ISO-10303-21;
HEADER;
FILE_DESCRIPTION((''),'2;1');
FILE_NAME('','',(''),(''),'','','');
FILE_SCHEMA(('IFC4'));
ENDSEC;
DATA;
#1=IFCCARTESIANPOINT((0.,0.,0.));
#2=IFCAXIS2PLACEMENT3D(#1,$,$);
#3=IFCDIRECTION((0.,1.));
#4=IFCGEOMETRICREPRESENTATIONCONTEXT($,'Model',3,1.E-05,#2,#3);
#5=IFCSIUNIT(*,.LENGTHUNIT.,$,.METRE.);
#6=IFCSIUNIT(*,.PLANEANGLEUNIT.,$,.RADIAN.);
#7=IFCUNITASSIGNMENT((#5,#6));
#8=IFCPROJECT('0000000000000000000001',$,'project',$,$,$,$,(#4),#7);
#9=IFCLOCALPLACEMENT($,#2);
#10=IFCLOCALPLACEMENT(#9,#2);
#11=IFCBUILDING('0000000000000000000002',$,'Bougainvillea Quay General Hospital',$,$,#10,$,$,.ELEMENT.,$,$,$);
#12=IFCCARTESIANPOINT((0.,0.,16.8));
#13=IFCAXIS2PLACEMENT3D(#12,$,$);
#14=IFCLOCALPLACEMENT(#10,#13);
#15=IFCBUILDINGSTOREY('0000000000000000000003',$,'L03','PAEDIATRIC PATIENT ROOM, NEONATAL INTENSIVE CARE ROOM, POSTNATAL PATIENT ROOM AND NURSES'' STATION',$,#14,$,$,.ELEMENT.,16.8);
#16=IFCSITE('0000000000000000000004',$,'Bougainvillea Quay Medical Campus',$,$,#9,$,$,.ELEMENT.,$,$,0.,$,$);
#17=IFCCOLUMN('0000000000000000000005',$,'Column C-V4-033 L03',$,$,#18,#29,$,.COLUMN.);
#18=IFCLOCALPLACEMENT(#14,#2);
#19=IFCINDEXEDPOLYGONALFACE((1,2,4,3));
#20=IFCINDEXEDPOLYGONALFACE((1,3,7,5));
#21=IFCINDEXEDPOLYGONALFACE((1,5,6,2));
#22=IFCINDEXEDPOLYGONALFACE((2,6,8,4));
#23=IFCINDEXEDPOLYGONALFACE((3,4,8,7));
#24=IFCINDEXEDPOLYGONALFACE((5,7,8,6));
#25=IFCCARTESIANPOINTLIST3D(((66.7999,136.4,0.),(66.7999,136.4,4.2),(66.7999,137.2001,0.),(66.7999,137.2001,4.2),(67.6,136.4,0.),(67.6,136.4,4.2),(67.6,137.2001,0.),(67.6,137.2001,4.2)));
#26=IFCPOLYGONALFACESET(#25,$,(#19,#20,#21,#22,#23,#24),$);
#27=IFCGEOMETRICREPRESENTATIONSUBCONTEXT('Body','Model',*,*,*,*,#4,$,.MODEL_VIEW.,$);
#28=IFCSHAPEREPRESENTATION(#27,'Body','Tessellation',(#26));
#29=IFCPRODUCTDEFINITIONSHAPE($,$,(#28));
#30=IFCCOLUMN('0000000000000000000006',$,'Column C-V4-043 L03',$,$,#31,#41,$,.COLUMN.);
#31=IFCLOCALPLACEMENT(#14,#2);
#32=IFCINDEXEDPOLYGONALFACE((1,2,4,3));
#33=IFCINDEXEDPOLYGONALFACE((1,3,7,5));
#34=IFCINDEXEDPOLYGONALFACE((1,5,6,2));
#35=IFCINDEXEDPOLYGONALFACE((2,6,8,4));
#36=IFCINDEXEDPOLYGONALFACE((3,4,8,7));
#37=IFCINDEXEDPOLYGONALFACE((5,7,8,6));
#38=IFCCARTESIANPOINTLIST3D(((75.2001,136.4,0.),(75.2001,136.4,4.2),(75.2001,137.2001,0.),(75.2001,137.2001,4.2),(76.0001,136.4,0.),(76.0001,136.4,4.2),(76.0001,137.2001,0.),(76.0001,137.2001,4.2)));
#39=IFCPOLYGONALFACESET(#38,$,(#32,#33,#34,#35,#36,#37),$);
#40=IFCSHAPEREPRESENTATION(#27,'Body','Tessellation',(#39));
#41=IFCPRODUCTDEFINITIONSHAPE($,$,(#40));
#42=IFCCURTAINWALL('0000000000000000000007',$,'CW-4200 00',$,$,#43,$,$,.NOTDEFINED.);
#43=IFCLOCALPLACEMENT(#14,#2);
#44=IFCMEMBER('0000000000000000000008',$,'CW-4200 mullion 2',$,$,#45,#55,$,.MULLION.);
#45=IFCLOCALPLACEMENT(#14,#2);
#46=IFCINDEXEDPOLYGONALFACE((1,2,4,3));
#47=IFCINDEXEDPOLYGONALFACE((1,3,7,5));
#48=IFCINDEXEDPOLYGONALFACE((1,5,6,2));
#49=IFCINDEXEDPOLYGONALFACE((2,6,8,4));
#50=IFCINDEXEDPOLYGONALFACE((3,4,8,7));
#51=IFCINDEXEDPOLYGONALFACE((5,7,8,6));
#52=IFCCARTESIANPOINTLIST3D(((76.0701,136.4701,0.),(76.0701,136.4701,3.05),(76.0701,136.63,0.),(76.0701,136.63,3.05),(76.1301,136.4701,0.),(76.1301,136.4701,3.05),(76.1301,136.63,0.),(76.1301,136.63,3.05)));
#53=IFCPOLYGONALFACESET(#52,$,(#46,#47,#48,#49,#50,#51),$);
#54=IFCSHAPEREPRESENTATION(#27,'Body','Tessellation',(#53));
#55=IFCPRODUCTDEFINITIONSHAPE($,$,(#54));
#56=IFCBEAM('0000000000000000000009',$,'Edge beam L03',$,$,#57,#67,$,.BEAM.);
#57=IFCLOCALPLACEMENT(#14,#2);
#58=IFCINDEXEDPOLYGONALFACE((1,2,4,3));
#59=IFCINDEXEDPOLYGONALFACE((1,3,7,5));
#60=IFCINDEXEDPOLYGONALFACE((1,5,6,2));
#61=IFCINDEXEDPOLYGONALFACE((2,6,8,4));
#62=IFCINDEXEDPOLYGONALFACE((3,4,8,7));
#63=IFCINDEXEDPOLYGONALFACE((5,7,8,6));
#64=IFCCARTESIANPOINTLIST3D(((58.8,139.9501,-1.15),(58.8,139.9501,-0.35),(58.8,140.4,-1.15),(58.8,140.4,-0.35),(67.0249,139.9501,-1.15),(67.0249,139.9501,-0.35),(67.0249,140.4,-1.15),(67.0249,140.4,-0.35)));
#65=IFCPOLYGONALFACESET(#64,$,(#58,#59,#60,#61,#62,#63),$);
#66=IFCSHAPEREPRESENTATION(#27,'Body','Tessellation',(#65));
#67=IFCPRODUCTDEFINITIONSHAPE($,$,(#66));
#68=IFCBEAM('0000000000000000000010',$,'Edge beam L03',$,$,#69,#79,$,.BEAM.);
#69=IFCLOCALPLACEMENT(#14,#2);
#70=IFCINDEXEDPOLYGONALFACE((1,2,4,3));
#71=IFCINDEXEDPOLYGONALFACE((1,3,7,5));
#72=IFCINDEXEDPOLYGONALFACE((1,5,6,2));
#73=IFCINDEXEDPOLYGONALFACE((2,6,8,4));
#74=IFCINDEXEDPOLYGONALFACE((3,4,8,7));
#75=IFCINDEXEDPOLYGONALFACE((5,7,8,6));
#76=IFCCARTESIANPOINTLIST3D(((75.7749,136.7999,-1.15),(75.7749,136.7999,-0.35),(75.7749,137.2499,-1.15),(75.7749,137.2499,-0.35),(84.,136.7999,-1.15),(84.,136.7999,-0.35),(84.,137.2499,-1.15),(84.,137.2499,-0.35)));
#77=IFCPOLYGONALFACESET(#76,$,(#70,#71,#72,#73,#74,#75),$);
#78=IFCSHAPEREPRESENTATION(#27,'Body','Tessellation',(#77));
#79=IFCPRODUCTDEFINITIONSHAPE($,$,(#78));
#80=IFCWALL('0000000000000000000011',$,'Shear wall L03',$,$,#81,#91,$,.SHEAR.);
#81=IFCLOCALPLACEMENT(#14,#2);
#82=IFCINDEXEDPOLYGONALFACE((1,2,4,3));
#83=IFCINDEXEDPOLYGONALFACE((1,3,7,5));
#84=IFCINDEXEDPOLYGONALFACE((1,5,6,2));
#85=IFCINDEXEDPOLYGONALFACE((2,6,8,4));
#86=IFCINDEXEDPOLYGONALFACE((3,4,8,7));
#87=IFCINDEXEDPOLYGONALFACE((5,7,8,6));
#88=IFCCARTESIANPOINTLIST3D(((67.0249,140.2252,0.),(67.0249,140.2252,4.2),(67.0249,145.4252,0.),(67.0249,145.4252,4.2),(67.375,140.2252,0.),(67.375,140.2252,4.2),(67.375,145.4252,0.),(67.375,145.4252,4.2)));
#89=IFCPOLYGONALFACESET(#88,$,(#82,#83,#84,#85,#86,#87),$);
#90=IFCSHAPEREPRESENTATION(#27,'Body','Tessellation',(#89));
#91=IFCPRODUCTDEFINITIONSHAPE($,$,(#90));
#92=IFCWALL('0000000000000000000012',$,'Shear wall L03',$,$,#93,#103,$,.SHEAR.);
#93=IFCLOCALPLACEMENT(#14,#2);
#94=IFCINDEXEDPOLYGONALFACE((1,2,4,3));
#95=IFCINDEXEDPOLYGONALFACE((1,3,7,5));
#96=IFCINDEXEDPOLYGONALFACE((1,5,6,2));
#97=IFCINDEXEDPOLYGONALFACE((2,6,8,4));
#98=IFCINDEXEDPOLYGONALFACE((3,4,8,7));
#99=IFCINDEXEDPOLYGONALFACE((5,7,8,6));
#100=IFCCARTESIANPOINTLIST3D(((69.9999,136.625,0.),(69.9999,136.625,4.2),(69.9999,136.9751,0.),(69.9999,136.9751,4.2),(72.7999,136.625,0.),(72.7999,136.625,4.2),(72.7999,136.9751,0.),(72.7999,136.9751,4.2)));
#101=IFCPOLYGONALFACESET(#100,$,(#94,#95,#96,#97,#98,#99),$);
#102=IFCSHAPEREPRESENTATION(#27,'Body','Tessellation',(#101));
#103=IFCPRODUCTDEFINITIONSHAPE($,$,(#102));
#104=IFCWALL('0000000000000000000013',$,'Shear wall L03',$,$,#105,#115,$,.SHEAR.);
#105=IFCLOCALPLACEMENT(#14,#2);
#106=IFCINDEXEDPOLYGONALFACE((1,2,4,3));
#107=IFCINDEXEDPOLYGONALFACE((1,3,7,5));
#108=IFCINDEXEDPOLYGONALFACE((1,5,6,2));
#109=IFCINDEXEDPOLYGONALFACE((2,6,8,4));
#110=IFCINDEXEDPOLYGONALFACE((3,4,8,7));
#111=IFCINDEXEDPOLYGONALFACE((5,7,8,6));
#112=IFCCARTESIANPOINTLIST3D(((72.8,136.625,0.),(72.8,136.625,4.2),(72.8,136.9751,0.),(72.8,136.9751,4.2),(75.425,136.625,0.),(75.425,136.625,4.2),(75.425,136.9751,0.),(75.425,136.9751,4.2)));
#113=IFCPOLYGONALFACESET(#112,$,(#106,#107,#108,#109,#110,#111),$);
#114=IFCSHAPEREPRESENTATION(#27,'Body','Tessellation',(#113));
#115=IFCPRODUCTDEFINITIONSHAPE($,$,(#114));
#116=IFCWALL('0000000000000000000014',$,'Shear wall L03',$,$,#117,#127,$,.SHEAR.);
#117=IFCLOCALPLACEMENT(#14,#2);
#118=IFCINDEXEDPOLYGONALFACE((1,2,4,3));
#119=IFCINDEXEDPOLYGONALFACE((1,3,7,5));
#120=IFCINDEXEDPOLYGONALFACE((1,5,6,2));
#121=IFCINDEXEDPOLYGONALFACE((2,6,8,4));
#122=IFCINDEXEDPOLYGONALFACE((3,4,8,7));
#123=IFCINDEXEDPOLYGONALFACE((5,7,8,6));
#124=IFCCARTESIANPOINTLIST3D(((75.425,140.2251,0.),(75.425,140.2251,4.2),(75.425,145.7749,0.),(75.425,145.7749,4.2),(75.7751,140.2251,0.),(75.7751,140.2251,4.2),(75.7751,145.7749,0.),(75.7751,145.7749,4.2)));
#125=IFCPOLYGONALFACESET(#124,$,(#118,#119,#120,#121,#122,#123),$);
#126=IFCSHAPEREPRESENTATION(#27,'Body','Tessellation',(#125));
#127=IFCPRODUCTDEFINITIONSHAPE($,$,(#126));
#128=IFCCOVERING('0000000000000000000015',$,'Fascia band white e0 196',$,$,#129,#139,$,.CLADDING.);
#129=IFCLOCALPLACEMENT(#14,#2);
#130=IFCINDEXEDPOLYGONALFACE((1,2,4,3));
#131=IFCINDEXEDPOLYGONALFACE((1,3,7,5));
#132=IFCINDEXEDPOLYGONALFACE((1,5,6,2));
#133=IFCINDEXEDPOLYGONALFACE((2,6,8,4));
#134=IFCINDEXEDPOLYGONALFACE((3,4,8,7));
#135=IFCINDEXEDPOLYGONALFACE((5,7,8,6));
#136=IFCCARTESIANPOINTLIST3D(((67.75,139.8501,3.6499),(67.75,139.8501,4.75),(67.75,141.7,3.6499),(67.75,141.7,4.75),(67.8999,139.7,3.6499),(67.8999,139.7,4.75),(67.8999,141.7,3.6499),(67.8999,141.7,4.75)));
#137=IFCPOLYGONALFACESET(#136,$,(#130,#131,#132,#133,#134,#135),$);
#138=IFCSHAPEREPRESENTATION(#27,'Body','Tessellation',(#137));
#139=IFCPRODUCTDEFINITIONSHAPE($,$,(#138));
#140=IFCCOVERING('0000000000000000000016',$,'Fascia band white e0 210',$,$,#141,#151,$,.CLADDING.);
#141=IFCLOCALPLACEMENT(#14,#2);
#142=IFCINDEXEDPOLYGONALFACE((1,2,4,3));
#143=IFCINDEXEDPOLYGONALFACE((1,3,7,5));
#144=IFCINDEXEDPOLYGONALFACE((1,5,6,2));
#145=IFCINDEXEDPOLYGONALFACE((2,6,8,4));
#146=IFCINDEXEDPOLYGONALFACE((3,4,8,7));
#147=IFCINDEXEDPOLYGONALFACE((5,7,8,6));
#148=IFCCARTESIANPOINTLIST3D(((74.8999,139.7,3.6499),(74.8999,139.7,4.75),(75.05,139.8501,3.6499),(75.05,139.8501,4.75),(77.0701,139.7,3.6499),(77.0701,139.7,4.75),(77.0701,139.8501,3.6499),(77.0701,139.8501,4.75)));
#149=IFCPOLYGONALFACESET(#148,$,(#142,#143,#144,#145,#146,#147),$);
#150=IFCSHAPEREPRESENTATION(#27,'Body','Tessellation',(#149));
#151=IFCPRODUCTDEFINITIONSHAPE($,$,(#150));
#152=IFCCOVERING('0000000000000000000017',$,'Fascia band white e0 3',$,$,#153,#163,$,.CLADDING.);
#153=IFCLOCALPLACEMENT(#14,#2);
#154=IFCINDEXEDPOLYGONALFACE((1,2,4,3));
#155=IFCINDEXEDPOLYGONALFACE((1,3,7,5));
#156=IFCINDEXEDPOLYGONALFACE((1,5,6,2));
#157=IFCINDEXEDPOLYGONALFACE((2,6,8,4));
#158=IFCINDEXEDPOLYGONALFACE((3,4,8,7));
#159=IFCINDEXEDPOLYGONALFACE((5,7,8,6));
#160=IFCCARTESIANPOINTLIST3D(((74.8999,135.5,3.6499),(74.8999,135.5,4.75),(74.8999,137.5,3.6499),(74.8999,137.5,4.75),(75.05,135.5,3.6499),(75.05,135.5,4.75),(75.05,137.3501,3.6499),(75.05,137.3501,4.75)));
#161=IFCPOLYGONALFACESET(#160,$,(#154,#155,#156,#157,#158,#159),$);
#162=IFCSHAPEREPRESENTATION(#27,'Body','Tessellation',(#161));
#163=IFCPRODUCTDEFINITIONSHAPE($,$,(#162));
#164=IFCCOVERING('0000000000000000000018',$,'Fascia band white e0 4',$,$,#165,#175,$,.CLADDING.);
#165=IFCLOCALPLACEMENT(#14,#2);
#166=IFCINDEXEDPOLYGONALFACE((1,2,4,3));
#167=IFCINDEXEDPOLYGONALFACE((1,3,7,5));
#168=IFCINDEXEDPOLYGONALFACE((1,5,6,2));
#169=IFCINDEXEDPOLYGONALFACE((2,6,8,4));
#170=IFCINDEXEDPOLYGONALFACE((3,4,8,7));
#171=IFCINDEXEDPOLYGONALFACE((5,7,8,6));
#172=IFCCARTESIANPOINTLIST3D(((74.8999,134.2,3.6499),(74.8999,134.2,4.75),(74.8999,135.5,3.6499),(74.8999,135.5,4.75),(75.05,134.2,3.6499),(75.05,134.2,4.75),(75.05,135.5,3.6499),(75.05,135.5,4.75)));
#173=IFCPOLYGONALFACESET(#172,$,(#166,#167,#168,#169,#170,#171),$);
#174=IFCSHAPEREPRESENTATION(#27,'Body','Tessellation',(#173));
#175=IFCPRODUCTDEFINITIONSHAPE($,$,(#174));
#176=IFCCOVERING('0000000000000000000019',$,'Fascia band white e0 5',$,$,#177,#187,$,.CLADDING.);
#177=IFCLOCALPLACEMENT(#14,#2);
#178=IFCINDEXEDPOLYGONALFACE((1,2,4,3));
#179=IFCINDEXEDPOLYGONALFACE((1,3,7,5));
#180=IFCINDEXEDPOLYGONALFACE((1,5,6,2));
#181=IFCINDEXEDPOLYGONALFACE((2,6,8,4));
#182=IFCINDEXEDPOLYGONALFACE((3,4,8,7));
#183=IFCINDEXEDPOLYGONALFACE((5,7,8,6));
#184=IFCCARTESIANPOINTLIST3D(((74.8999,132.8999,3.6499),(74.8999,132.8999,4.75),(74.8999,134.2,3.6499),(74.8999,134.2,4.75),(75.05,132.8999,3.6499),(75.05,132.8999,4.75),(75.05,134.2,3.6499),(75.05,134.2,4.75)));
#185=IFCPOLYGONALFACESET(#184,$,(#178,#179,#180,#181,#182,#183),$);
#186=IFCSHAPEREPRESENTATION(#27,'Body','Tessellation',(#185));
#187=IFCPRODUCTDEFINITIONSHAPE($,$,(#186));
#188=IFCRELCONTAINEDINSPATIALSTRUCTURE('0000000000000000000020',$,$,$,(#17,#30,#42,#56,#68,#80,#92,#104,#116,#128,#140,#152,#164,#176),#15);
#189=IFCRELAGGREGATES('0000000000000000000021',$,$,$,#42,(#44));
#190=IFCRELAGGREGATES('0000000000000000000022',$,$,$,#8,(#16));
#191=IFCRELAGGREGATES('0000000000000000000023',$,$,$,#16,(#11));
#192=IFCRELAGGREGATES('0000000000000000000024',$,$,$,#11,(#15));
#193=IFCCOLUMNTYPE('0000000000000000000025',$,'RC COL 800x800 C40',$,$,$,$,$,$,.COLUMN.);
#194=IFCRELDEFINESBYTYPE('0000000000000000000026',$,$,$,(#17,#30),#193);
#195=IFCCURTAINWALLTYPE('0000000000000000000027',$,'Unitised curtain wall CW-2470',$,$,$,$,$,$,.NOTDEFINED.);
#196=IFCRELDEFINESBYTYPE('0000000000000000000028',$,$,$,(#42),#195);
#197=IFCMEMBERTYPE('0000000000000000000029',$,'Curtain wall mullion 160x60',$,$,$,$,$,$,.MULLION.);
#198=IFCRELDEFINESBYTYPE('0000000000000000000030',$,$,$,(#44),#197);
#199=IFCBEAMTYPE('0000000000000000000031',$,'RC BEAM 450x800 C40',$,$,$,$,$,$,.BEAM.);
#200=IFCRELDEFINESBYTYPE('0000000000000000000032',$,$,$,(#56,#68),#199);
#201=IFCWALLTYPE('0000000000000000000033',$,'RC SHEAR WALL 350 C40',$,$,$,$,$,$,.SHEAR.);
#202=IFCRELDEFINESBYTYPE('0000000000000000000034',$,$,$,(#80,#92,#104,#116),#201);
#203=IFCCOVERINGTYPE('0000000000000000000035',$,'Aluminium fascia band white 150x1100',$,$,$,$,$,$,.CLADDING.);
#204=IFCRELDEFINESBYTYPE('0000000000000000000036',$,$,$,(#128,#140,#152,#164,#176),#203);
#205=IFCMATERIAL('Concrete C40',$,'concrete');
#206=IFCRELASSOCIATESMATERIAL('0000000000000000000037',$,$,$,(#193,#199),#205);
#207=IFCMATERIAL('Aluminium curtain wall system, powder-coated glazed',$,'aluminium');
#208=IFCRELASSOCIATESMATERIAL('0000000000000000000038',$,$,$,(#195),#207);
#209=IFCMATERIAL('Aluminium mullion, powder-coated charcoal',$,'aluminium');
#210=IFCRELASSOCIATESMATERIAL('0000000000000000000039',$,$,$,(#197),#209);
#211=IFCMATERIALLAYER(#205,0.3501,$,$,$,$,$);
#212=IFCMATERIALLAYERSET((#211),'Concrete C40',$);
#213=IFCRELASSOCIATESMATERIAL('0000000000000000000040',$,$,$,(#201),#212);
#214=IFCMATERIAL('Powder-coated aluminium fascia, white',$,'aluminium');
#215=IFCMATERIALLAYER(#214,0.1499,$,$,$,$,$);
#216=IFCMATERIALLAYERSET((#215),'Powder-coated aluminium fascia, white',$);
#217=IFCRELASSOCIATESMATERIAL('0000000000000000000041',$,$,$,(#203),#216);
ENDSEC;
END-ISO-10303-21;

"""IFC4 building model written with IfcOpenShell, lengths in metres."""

from ifc_helpers import new_model, si_unit, direction, frame, frame_2d, origin, origin_2d, place, context, subcontext, project, spatial, polyline, rectangle, outline, extrude, material, layer, layer_set, material_profile, profile_set, type_object, element, aggregate, save


model = new_model("IFC4")

# Units and contexts
model_context = context("Model", 3, precision=1e-05, world=origin(), true_north=direction((0.0, 1.0)))
body_context = subcontext(model_context, "Body", "Model", "MODEL_VIEW")
ifc_project = project(units=[si_unit("LENGTHUNIT", "METRE"), si_unit("PLANEANGLEUNIT", "RADIAN")], contexts=[model_context])

# Site, building, storey
site_placement = place(None, origin())
site = spatial("IfcSite", under=ifc_project, at=site_placement, Name="Bougainvillea Quay Medical Campus", CompositionType="ELEMENT", RefElevation=0.0)
building_placement = place(site_placement, origin())
building = spatial("IfcBuilding", under=site, at=building_placement, Name="Bougainvillea Quay General Hospital", CompositionType="ELEMENT")
storey_placement = place(building_placement, frame((0.0, 0.0, 16.8)))
storey = spatial("IfcBuildingStorey", under=building, at=storey_placement, Name="L03", Description="PAEDIATRIC PATIENT ROOM, NEONATAL INTENSIVE CARE ROOM, POSTNATAL PATIENT ROOM AND NURSES' STATION", CompositionType="ELEMENT", Elevation=16.8)

# Columns
ifc_material_1 = material(Name="Concrete C40", Category="concrete")
ifc_material_profile_1 = material_profile(ifc_material_1, rectangle(XDim=0.8, YDim=0.8, at=origin_2d()))
ifc_profile_set_1 = profile_set([ifc_material_profile_1], Name="Concrete C40")
column_type = type_object("IfcColumnType", Name="RC COL 800x800 C40", PredefinedType="COLUMN", material=ifc_profile_set_1)
for number, where, z_axis, x_axis, name in (
    (1, (67.2, 136.8, 0.0), (0.0, 0.0, 1.0), (1.0, 0.0, 0.0), "Column C-V4-033 L03"),
    (2, (75.6001, 136.8, 0.0), (0.0, 0.0, 1.0), (1.0, 0.0, 0.0), "Column C-V4-043 L03"),
):
    element("IfcColumn", number, at=place(storey_placement, frame(where, z_axis=z_axis, x_axis=x_axis)), inside=storey, type_object=column_type, Name=name, PredefinedType="COLUMN", context=body_context, shape_type="SweptSolid", body=[
        extrude(rectangle(XDim=0.8, YDim=0.8, at=origin_2d()), origin(), (0.0, 0.0, 1.0), 4.2),
    ])

# Curtain wall, member
ifc_material_2 = material(Name="Aluminium curtain wall system, powder-coated glazed", Category="aluminium")
curtain_wall_type = type_object("IfcCurtainWallType", Name="Unitised curtain wall CW-2470", PredefinedType="NOTDEFINED", material=ifc_material_2)
curtain_wall_placement = place(storey_placement, origin())
curtain_wall = element("IfcCurtainWall", 3, at=curtain_wall_placement, inside=storey, type_object=curtain_wall_type, Name="CW-4200 00", PredefinedType="NOTDEFINED")
ifc_material_3 = material(Name="Aluminium mullion, powder-coated charcoal", Category="aluminium")
ifc_material_profile_2 = material_profile(ifc_material_3, rectangle(XDim=0.1599, YDim=0.0601, at=origin_2d()))
ifc_profile_set_2 = profile_set([ifc_material_profile_2], Name="Aluminium mullion, powder-coated charcoal")
member_type = type_object("IfcMemberType", Name="Curtain wall mullion 160x60", PredefinedType="MULLION", material=ifc_profile_set_2)
member_placement = place(storey_placement, frame((76.1001, 136.55, 0.0), z_axis=(0.0, 0.0, 1.0), x_axis=(0.0, -1.0, 0.0)))
member = element("IfcMember", 4, at=member_placement, type_object=member_type, Name="CW-4200 mullion 2", PredefinedType="MULLION", context=body_context, shape_type="SweptSolid", body=[
    extrude(rectangle(XDim=0.1599, YDim=0.0601, at=origin_2d()), origin(), (0.0, 0.0, 1.0), 3.05),
])
aggregate(curtain_wall, [member])

# Beams
ifc_material_profile_3 = material_profile(ifc_material_1, rectangle(XDim=0.45, YDim=0.8, at=origin_2d()))
ifc_profile_set_3 = profile_set([ifc_material_profile_3], Name="Concrete C40")
beam_type = type_object("IfcBeamType", Name="RC BEAM 450x800 C40", PredefinedType="BEAM", material=ifc_profile_set_3)
beam_1_placement = place(storey_placement, frame((67.0249, 140.175, -0.75), z_axis=(-1.0, 0.0, 0.0), x_axis=(0.0, -1.0, 0.0)))
element("IfcBeam", 5, at=beam_1_placement, inside=storey, type_object=beam_type, Name="Edge beam L03", PredefinedType="BEAM", context=body_context, shape_type="SweptSolid", body=[
    extrude(rectangle(XDim=0.45, YDim=0.8, at=origin_2d()), origin(), (0.0, 0.0, 1.0), 8.2249),
])
beam_2_placement = place(storey_placement, frame((75.7749, 137.0249, -0.75), z_axis=(1.0, 0.0, 0.0), x_axis=(0.0, 1.0, 0.0)))
element("IfcBeam", 6, at=beam_2_placement, inside=storey, type_object=beam_type, Name="Edge beam L03", PredefinedType="BEAM", context=body_context, shape_type="SweptSolid", body=[
    extrude(rectangle(XDim=0.45, YDim=0.8, at=origin_2d()), origin(), (0.0, 0.0, 1.0), 8.2251),
])

# Walls
ifc_layer_1 = layer(ifc_material_1, 0.3501)
ifc_layer_set_1 = layer_set([ifc_layer_1], Name="Concrete C40")
wall_type = type_object("IfcWallType", Name="RC SHEAR WALL 350 C40", PredefinedType="SHEAR", material=ifc_layer_set_1)
wall_1_placement = place(storey_placement, frame((67.2, 140.2251, 0.0), z_axis=(0.0, 0.0, 1.0), x_axis=(0.0, 1.0, 0.0)))
element("IfcWall", 7, at=wall_1_placement, inside=storey, type_object=wall_type, Name="Shear wall L03", PredefinedType="SHEAR", context=body_context, shape_type="SweptSolid", body=[
    extrude(rectangle(XDim=5.2, YDim=0.3501, at=frame_2d((2.6001, 0.0))), origin(), (0.0, 0.0, 1.0), 4.2),
])
wall_2_placement = place(storey_placement, frame((70.0, 136.8, 0.0), z_axis=(0.0, 0.0, 1.0), x_axis=(1.0, 0.0, 0.0)))
element("IfcWall", 8, at=wall_2_placement, inside=storey, type_object=wall_type, Name="Shear wall L03", PredefinedType="SHEAR", context=body_context, shape_type="SweptSolid", body=[
    extrude(rectangle(XDim=2.8, YDim=0.3501, at=frame_2d((1.3999, 0.0))), origin(), (0.0, 0.0, 1.0), 4.2),
])
wall_3_placement = place(storey_placement, frame((72.8, 136.8, 0.0), z_axis=(0.0, 0.0, 1.0), x_axis=(1.0, 0.0, 0.0)))
element("IfcWall", 9, at=wall_3_placement, inside=storey, type_object=wall_type, Name="Shear wall L03", PredefinedType="SHEAR", context=body_context, shape_type="SweptSolid", body=[
    extrude(rectangle(XDim=2.625, YDim=0.3501, at=frame_2d((1.3125, 0.0))), origin(), (0.0, 0.0, 1.0), 4.2),
])
wall_4_placement = place(storey_placement, frame((75.6001, 140.2251, 0.0), z_axis=(0.0, 0.0, 1.0), x_axis=(0.0, 1.0, 0.0)))
element("IfcWall", 10, at=wall_4_placement, inside=storey, type_object=wall_type, Name="Shear wall L03", PredefinedType="SHEAR", context=body_context, shape_type="SweptSolid", body=[
    extrude(rectangle(XDim=5.5498, YDim=0.3501, at=frame_2d((2.7749, 0.0))), origin(), (0.0, 0.0, 1.0), 4.2),
])

# Coverings
ifc_material_4 = material(Name="Powder-coated aluminium fascia, white", Category="aluminium")
ifc_layer_2 = layer(ifc_material_4, 0.1499)
ifc_layer_set_2 = layer_set([ifc_layer_2], Name="Powder-coated aluminium fascia, white")
covering_type = type_object("IfcCoveringType", Name="Aluminium fascia band white 150x1100", PredefinedType="CLADDING", material=ifc_layer_set_2)
covering_1_placement = place(storey_placement, frame((67.75, 139.8501, 3.6499), z_axis=(0.0, 0.0, 1.0), x_axis=(0.0, 1.0, 0.0)))
element("IfcCovering", 11, at=covering_1_placement, inside=storey, type_object=covering_type, Name="Fascia band white e0 196", PredefinedType="CLADDING", context=body_context, shape_type="SweptSolid", body=[
    extrude(outline(polyline([(0.0, 0.0), (1.8499, 0.0), (1.8499, -0.1499), (-0.1501, -0.1499), (0.0, 0.0)])), origin(), (0.0, 0.0, 1.0), 1.1001),
])
covering_2_placement = place(storey_placement, frame((75.05, 139.8501, 3.6499), z_axis=(0.0, 0.0, 1.0), x_axis=(1.0, 0.0, 0.0)))
element("IfcCovering", 12, at=covering_2_placement, inside=storey, type_object=covering_type, Name="Fascia band white e0 210", PredefinedType="CLADDING", context=body_context, shape_type="SweptSolid", body=[
    extrude(outline(polyline([(0.0, 0.0), (2.02, 0.0), (2.02, -0.1501), (-0.1501, -0.1501), (0.0, 0.0)])), origin(), (0.0, 0.0, 1.0), 1.1001),
])
covering_3_placement = place(storey_placement, frame((75.05, 137.3501, 3.6499), z_axis=(0.0, 0.0, 1.0), x_axis=(0.0, -1.0, 0.0)))
element("IfcCovering", 13, at=covering_3_placement, inside=storey, type_object=covering_type, Name="Fascia band white e0 3", PredefinedType="CLADDING", context=body_context, shape_type="SweptSolid", body=[
    extrude(outline(polyline([(0.0, 0.0), (1.8501, 0.0), (1.8501, -0.1501), (-0.1499, -0.1501), (0.0, 0.0)])), origin(), (0.0, 0.0, 1.0), 1.1001),
])
for number, where, z_axis, x_axis, name in (
    (14, (75.05, 135.5, 3.6499), (0.0, 0.0, 1.0), (0.0, -1.0, 0.0), "Fascia band white e0 4"),
    (15, (75.05, 134.2, 3.6499), (0.0, 0.0, 1.0), (0.0, -1.0, 0.0), "Fascia band white e0 5"),
):
    element("IfcCovering", number, at=place(storey_placement, frame(where, z_axis=z_axis, x_axis=x_axis)), inside=storey, type_object=covering_type, Name=name, PredefinedType="CLADDING", context=body_context, shape_type="SweptSolid", body=[
        extrude(outline(polyline([(0.0, 0.0), (1.3, 0.0), (1.3, -0.1501), (0.0, -0.1501), (0.0, 0.0)])), origin(), (0.0, 0.0, 1.0), 1.1001),
    ])

save(model, "model.ifc")
